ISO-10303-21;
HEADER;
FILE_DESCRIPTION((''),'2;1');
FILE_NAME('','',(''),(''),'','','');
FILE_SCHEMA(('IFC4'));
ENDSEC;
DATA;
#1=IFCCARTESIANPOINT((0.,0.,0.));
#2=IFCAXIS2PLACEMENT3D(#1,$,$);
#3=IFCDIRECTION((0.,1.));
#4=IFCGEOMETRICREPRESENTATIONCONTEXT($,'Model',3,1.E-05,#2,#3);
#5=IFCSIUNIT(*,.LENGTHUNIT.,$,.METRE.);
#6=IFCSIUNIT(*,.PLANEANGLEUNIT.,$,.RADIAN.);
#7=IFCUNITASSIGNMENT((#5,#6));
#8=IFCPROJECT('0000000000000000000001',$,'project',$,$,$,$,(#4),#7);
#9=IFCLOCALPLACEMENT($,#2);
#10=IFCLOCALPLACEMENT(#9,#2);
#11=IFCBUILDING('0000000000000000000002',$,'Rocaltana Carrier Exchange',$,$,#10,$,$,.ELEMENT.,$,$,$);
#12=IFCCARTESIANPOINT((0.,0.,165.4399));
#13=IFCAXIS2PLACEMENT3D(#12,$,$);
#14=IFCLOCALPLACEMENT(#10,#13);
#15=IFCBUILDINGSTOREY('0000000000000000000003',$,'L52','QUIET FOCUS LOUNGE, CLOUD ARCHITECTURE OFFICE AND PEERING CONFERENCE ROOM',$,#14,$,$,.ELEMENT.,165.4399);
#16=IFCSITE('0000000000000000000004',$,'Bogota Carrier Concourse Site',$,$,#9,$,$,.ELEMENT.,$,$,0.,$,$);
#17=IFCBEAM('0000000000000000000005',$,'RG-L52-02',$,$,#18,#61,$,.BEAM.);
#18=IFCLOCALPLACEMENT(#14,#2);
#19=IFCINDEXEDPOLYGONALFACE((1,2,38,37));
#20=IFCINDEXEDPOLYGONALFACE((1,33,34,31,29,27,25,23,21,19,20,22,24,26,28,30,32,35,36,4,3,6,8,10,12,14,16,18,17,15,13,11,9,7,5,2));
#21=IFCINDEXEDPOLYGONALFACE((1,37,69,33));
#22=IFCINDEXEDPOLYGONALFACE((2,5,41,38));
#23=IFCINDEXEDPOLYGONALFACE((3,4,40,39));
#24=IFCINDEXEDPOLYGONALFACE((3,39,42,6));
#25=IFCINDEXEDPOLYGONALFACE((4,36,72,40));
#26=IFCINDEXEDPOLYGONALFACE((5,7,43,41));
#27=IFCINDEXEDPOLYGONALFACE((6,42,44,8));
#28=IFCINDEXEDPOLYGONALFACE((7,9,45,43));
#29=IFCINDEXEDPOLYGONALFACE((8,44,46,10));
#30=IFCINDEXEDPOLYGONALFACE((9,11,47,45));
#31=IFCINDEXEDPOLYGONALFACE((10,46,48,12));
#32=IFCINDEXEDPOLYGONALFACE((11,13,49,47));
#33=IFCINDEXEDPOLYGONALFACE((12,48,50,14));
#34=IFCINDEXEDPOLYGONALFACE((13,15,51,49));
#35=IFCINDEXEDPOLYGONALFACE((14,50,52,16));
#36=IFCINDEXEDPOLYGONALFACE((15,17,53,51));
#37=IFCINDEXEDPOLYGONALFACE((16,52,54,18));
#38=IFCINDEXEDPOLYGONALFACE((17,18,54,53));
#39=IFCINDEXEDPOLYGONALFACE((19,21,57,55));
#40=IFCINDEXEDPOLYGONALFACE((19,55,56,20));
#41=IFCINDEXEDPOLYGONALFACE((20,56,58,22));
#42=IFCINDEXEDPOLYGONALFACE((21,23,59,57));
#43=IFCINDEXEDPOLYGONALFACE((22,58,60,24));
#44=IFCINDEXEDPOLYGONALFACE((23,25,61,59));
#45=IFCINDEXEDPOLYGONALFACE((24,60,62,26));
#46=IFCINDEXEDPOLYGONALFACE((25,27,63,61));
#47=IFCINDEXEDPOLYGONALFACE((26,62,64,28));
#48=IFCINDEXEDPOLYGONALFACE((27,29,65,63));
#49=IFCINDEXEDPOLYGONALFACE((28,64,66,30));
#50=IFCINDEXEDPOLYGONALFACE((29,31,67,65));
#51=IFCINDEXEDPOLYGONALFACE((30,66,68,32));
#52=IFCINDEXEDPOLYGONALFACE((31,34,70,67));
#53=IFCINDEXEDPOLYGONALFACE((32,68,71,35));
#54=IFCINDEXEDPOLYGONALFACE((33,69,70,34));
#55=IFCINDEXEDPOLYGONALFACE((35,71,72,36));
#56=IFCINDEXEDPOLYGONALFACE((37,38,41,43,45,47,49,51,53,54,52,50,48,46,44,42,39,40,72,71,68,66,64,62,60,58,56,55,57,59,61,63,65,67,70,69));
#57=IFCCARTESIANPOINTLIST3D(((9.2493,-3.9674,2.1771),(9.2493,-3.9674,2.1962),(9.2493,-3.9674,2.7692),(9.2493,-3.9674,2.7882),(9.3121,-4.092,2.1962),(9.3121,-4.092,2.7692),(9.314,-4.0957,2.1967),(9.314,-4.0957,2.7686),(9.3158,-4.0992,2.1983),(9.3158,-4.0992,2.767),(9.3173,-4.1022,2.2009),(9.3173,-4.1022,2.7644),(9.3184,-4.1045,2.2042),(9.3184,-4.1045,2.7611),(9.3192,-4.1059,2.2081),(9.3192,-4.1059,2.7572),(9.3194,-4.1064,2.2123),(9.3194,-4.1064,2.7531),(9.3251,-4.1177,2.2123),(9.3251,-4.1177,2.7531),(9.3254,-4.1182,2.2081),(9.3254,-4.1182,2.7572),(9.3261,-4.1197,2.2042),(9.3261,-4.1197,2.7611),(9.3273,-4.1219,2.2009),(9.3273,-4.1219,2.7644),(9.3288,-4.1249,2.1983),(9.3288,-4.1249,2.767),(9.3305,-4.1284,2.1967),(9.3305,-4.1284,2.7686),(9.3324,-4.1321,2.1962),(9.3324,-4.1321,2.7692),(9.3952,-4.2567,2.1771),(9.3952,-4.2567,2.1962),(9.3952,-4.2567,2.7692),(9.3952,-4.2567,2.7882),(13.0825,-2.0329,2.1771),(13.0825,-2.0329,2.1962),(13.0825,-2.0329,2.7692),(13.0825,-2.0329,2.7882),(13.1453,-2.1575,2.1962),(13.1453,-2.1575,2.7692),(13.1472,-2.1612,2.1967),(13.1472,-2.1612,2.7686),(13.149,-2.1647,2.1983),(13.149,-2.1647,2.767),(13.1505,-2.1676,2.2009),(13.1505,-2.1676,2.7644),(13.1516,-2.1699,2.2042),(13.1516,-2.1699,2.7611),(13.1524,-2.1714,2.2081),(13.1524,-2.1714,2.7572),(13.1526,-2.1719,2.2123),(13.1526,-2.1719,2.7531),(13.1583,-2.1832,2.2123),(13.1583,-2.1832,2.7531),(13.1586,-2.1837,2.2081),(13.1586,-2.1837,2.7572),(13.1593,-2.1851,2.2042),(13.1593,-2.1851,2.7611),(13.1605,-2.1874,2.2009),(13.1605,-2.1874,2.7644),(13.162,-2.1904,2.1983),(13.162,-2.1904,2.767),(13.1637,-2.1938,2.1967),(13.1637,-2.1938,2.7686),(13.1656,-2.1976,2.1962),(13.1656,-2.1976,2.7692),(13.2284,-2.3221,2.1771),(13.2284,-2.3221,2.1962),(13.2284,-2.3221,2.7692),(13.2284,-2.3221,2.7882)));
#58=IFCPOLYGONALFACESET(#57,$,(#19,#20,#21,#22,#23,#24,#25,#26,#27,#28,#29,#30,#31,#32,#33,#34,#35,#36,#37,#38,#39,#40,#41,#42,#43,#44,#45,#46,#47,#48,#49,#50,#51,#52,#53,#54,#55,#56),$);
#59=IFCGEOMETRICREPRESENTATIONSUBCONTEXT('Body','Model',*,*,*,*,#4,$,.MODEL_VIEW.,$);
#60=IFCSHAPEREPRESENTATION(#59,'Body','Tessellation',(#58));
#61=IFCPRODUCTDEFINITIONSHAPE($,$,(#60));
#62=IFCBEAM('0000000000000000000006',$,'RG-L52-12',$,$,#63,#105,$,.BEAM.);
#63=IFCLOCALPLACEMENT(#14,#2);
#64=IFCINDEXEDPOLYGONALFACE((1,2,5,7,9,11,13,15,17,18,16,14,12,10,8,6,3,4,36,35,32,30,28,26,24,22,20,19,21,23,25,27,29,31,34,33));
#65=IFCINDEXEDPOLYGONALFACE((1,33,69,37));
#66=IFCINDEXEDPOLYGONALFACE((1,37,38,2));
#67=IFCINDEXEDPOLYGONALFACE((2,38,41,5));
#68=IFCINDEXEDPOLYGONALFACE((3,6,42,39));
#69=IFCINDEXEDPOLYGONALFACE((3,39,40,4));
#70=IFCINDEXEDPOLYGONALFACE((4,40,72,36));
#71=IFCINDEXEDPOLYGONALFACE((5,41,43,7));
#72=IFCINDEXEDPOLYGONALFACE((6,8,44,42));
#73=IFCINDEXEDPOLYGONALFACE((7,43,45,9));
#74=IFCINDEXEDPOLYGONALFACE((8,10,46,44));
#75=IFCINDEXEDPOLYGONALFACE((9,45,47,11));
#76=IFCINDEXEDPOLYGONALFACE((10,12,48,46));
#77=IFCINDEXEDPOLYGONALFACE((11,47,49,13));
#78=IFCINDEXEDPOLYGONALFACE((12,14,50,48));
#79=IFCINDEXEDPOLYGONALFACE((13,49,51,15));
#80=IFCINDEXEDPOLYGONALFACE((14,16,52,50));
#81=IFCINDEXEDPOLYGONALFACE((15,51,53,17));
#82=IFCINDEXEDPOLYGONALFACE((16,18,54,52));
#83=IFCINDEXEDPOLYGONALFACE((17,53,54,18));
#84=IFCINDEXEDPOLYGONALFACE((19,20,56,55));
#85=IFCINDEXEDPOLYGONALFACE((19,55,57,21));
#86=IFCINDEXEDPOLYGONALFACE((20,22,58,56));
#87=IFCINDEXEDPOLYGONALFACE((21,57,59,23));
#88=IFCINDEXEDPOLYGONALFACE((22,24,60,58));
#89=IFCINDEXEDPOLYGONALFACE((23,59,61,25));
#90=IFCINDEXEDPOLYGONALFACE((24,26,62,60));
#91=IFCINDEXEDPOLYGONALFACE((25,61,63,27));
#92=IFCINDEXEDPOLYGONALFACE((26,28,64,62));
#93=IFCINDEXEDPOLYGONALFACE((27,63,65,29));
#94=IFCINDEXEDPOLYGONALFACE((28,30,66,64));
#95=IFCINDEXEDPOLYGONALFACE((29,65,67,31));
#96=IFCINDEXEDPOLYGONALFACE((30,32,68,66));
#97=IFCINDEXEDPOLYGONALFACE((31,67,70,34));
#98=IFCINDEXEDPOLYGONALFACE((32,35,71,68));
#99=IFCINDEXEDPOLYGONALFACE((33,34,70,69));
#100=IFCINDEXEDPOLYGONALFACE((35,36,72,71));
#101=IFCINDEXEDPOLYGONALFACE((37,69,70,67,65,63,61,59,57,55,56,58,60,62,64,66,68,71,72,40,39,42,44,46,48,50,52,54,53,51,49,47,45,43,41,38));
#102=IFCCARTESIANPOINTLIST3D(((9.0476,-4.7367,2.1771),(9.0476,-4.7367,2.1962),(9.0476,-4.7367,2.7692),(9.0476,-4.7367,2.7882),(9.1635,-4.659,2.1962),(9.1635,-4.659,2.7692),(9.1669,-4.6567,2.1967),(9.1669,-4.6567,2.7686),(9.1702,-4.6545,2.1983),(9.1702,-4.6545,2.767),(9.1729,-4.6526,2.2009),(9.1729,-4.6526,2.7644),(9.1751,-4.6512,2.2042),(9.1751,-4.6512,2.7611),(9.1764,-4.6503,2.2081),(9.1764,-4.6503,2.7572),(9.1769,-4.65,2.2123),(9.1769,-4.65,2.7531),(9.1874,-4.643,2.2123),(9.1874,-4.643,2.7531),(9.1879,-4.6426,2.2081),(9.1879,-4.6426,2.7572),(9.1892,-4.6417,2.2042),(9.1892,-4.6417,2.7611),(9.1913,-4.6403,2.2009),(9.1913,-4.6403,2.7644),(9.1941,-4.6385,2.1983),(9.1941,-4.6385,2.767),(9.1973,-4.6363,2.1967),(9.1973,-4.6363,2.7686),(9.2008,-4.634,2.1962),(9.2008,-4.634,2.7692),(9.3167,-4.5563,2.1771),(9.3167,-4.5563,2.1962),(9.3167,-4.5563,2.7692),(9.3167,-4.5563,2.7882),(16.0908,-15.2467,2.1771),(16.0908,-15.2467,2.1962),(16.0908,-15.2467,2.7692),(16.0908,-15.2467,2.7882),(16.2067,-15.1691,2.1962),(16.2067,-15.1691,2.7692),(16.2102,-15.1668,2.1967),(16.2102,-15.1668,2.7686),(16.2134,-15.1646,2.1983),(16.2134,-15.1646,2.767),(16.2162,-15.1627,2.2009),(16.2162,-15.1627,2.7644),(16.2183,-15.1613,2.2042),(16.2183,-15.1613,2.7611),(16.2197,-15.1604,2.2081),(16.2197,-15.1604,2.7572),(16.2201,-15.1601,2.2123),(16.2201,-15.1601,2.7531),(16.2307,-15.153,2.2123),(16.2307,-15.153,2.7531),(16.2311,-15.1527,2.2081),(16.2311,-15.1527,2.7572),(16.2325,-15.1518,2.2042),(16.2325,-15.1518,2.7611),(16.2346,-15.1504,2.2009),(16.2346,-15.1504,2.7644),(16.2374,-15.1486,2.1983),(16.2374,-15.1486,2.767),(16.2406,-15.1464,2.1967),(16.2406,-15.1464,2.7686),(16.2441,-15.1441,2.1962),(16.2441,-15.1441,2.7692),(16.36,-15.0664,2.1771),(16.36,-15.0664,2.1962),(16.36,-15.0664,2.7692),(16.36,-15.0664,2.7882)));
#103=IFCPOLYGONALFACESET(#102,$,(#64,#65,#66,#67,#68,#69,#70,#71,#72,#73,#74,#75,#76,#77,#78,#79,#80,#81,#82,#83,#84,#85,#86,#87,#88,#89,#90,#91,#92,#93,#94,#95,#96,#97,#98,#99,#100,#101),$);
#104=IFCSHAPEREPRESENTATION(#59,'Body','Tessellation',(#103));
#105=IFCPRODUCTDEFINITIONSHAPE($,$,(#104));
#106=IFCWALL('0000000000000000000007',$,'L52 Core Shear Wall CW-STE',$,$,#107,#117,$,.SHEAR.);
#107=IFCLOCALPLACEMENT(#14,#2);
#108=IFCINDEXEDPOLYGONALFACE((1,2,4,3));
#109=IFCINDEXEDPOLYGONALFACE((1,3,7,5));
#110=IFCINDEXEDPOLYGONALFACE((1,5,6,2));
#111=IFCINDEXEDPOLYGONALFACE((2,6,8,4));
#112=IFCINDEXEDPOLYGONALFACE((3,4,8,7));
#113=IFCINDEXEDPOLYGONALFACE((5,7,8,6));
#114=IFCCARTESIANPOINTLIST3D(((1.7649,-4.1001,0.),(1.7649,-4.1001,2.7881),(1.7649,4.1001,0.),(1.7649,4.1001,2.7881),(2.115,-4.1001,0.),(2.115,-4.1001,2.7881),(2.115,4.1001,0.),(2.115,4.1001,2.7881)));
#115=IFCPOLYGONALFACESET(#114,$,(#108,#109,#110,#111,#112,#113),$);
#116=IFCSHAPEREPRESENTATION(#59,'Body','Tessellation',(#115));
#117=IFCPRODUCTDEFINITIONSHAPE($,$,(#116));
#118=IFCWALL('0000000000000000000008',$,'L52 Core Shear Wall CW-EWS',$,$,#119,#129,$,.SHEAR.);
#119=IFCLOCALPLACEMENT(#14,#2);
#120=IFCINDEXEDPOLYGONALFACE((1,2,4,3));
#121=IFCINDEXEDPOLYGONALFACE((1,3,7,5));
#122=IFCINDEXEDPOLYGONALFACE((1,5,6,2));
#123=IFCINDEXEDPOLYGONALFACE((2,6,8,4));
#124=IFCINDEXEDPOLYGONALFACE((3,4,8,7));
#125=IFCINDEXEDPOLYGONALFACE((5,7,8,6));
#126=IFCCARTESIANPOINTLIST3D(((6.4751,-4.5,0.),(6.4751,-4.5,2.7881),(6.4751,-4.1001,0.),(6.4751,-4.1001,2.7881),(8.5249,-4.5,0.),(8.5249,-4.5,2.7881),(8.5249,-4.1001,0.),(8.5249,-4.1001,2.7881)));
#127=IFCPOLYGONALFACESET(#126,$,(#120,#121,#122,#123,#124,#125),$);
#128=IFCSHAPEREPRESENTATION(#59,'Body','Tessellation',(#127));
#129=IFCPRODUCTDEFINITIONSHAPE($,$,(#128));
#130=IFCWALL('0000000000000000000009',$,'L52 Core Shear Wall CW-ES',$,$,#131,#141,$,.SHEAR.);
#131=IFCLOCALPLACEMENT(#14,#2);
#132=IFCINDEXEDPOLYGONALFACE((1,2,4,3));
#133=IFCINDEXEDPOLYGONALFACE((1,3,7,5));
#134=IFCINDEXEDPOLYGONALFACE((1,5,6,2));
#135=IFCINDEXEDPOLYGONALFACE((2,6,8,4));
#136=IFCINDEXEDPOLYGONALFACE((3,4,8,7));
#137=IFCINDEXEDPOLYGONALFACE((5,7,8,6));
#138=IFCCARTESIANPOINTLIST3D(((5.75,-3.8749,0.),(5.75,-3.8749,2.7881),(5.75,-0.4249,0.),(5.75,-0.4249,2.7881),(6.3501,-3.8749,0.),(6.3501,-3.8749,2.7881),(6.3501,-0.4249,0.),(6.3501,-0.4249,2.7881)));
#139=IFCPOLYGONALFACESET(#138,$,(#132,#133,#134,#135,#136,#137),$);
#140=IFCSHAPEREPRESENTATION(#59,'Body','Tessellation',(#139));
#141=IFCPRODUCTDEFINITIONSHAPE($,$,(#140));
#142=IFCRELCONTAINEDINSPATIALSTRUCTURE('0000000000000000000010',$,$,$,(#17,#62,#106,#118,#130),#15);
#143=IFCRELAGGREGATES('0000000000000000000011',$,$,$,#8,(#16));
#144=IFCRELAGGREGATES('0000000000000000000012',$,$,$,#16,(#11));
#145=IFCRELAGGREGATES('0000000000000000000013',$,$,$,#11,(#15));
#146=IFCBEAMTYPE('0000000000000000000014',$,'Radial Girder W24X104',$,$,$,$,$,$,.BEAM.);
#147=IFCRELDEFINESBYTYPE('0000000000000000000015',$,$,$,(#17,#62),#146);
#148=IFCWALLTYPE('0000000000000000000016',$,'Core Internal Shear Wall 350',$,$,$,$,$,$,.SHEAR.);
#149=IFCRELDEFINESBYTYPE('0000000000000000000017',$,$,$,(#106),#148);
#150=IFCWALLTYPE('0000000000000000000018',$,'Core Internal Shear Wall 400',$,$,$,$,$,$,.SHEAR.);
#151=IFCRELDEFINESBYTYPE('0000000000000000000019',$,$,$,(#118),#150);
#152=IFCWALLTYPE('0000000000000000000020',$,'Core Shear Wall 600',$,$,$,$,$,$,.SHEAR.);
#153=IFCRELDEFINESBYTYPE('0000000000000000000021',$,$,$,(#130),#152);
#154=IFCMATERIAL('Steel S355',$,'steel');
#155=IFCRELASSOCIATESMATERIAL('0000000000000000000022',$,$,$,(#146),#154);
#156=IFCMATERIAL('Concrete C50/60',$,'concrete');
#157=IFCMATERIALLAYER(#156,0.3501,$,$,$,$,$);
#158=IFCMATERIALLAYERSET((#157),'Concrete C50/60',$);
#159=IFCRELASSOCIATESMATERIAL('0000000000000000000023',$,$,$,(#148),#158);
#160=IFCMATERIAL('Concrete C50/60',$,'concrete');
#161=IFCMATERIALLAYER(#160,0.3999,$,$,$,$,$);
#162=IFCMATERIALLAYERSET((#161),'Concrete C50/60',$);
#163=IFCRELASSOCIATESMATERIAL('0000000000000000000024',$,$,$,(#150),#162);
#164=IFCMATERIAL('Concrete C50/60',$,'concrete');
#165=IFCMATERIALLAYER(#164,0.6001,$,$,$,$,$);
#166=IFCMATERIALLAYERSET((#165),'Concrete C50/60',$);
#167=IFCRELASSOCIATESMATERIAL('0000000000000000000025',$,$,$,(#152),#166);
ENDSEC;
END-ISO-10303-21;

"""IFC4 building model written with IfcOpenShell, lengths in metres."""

from ifc_helpers import new_model, si_unit, direction, frame, frame_2d, origin, origin_2d, place, context, subcontext, project, spatial, rectangle, i_section, extrude, material, layer, layer_set, material_profile, profile_set, type_object, element, save


model = new_model("IFC4")

# Units and contexts
model_context = context("Model", 3, precision=1e-05, world=origin(), true_north=direction((0.0, 1.0)))
body_context = subcontext(model_context, "Body", "Model", "MODEL_VIEW")
ifc_project = project(units=[si_unit("LENGTHUNIT", "METRE"), si_unit("PLANEANGLEUNIT", "RADIAN")], contexts=[model_context])

# Site, building, storey
site_placement = place(None, origin())
site = spatial("IfcSite", under=ifc_project, at=site_placement, Name="Bogota Carrier Concourse Site", CompositionType="ELEMENT", RefElevation=0.0)
building_placement = place(site_placement, origin())
building = spatial("IfcBuilding", under=site, at=building_placement, Name="Rocaltana Carrier Exchange", CompositionType="ELEMENT")
storey_placement = place(building_placement, frame((0.0, 0.0, 165.4399)))
storey = spatial("IfcBuildingStorey", under=building, at=storey_placement, Name="L52", Description="QUIET FOCUS LOUNGE, CLOUD ARCHITECTURE OFFICE AND PEERING CONFERENCE ROOM", CompositionType="ELEMENT", Elevation=165.4399)

# Beams
ifc_material_1 = material(Name="Steel S355", Category="steel")
ifc_material_profile_1 = material_profile(ifc_material_1, i_section(OverallWidth=0.324, OverallDepth=0.6111, WebThickness=0.0127, FlangeThickness=0.019, FilletRadius=0.0161, at=origin_2d()), Name="W24X104")
ifc_profile_set_1 = profile_set([ifc_material_profile_1], Name="Steel S355")
beam_type = type_object("IfcBeamType", Name="Radial Girder W24X104", PredefinedType="BEAM", material=ifc_profile_set_1)
beam_1_placement = place(storey_placement, frame((9.3223, -4.1121, 2.4827), z_axis=(0.892749, 0.450554, 0.0), x_axis=(-0.450554, 0.892749, 0.0)))
element("IfcBeam", 1, at=beam_1_placement, inside=storey, type_object=beam_type, Name="RG-L52-02", PredefinedType="BEAM", context=body_context, shape_type="SweptSolid", body=[
    extrude(i_section(OverallWidth=0.324, OverallDepth=0.6111, WebThickness=0.0127, FlangeThickness=0.019, FilletRadius=0.0161, at=origin_2d()), origin(), (0.0, 0.0, 1.0), 4.2937),
])
beam_2_placement = place(storey_placement, frame((9.1821, -4.6465, 2.4827), z_axis=(0.556698, -0.830715, 0.0), x_axis=(0.830715, 0.556698, 0.0)))
element("IfcBeam", 2, at=beam_2_placement, inside=storey, type_object=beam_type, Name="RG-L52-12", PredefinedType="BEAM", context=body_context, shape_type="SweptSolid", body=[
    extrude(i_section(OverallWidth=0.324, OverallDepth=0.6111, WebThickness=0.0127, FlangeThickness=0.019, FilletRadius=0.0161, at=origin_2d()), origin(), (0.0, 0.0, 1.0), 12.6519),
])

# Walls
ifc_material_2 = material(Name="Concrete C50/60", Category="concrete")
ifc_layer_1 = layer(ifc_material_2, 0.3501)
ifc_layer_set_1 = layer_set([ifc_layer_1], Name="Concrete C50/60")
wall_type_1 = type_object("IfcWallType", Name="Core Internal Shear Wall 350", PredefinedType="SHEAR", material=ifc_layer_set_1)
wall_1_placement = place(storey_placement, frame((1.9399, -4.1001, 0.0), z_axis=(0.0, 0.0, 1.0), x_axis=(0.0, 1.0, 0.0)))
element("IfcWall", 3, at=wall_1_placement, inside=storey, type_object=wall_type_1, Name="L52 Core Shear Wall CW-STE", PredefinedType="SHEAR", context=body_context, shape_type="SweptSolid", body=[
    extrude(rectangle(XDim=8.2002, YDim=0.3501, at=frame_2d((4.1001, 0.0))), origin(), (0.0, 0.0, 1.0), 2.7881),
])
ifc_material_3 = material(Name="Concrete C50/60", Category="concrete")
ifc_layer_2 = layer(ifc_material_3, 0.3999)
ifc_layer_set_2 = layer_set([ifc_layer_2], Name="Concrete C50/60")
wall_type_2 = type_object("IfcWallType", Name="Core Internal Shear Wall 400", PredefinedType="SHEAR", material=ifc_layer_set_2)
wall_2_placement = place(storey_placement, frame((6.4751, -4.3, 0.0), z_axis=(0.0, 0.0, 1.0), x_axis=(1.0, 0.0, 0.0)))
element("IfcWall", 4, at=wall_2_placement, inside=storey, type_object=wall_type_2, Name="L52 Core Shear Wall CW-EWS", PredefinedType="SHEAR", context=body_context, shape_type="SweptSolid", body=[
    extrude(rectangle(XDim=2.0498, YDim=0.3999, at=frame_2d((1.0249, 0.0))), origin(), (0.0, 0.0, 1.0), 2.7881),
])
ifc_material_4 = material(Name="Concrete C50/60", Category="concrete")
ifc_layer_3 = layer(ifc_material_4, 0.6001)
ifc_layer_set_3 = layer_set([ifc_layer_3], Name="Concrete C50/60")
wall_type_3 = type_object("IfcWallType", Name="Core Shear Wall 600", PredefinedType="SHEAR", material=ifc_layer_set_3)
wall_3_placement = place(storey_placement, frame((6.05, -3.875, 0.0), z_axis=(0.0, 0.0, 1.0), x_axis=(0.0, 1.0, 0.0)))
element("IfcWall", 5, at=wall_3_placement, inside=storey, type_object=wall_type_3, Name="L52 Core Shear Wall CW-ES", PredefinedType="SHEAR", context=body_context, shape_type="SweptSolid", body=[
    extrude(rectangle(XDim=3.45, YDim=0.6001, at=frame_2d((1.7251, 0.0))), origin(), (0.0, 0.0, 1.0), 2.7881),
])

save(model, "model.ifc")
